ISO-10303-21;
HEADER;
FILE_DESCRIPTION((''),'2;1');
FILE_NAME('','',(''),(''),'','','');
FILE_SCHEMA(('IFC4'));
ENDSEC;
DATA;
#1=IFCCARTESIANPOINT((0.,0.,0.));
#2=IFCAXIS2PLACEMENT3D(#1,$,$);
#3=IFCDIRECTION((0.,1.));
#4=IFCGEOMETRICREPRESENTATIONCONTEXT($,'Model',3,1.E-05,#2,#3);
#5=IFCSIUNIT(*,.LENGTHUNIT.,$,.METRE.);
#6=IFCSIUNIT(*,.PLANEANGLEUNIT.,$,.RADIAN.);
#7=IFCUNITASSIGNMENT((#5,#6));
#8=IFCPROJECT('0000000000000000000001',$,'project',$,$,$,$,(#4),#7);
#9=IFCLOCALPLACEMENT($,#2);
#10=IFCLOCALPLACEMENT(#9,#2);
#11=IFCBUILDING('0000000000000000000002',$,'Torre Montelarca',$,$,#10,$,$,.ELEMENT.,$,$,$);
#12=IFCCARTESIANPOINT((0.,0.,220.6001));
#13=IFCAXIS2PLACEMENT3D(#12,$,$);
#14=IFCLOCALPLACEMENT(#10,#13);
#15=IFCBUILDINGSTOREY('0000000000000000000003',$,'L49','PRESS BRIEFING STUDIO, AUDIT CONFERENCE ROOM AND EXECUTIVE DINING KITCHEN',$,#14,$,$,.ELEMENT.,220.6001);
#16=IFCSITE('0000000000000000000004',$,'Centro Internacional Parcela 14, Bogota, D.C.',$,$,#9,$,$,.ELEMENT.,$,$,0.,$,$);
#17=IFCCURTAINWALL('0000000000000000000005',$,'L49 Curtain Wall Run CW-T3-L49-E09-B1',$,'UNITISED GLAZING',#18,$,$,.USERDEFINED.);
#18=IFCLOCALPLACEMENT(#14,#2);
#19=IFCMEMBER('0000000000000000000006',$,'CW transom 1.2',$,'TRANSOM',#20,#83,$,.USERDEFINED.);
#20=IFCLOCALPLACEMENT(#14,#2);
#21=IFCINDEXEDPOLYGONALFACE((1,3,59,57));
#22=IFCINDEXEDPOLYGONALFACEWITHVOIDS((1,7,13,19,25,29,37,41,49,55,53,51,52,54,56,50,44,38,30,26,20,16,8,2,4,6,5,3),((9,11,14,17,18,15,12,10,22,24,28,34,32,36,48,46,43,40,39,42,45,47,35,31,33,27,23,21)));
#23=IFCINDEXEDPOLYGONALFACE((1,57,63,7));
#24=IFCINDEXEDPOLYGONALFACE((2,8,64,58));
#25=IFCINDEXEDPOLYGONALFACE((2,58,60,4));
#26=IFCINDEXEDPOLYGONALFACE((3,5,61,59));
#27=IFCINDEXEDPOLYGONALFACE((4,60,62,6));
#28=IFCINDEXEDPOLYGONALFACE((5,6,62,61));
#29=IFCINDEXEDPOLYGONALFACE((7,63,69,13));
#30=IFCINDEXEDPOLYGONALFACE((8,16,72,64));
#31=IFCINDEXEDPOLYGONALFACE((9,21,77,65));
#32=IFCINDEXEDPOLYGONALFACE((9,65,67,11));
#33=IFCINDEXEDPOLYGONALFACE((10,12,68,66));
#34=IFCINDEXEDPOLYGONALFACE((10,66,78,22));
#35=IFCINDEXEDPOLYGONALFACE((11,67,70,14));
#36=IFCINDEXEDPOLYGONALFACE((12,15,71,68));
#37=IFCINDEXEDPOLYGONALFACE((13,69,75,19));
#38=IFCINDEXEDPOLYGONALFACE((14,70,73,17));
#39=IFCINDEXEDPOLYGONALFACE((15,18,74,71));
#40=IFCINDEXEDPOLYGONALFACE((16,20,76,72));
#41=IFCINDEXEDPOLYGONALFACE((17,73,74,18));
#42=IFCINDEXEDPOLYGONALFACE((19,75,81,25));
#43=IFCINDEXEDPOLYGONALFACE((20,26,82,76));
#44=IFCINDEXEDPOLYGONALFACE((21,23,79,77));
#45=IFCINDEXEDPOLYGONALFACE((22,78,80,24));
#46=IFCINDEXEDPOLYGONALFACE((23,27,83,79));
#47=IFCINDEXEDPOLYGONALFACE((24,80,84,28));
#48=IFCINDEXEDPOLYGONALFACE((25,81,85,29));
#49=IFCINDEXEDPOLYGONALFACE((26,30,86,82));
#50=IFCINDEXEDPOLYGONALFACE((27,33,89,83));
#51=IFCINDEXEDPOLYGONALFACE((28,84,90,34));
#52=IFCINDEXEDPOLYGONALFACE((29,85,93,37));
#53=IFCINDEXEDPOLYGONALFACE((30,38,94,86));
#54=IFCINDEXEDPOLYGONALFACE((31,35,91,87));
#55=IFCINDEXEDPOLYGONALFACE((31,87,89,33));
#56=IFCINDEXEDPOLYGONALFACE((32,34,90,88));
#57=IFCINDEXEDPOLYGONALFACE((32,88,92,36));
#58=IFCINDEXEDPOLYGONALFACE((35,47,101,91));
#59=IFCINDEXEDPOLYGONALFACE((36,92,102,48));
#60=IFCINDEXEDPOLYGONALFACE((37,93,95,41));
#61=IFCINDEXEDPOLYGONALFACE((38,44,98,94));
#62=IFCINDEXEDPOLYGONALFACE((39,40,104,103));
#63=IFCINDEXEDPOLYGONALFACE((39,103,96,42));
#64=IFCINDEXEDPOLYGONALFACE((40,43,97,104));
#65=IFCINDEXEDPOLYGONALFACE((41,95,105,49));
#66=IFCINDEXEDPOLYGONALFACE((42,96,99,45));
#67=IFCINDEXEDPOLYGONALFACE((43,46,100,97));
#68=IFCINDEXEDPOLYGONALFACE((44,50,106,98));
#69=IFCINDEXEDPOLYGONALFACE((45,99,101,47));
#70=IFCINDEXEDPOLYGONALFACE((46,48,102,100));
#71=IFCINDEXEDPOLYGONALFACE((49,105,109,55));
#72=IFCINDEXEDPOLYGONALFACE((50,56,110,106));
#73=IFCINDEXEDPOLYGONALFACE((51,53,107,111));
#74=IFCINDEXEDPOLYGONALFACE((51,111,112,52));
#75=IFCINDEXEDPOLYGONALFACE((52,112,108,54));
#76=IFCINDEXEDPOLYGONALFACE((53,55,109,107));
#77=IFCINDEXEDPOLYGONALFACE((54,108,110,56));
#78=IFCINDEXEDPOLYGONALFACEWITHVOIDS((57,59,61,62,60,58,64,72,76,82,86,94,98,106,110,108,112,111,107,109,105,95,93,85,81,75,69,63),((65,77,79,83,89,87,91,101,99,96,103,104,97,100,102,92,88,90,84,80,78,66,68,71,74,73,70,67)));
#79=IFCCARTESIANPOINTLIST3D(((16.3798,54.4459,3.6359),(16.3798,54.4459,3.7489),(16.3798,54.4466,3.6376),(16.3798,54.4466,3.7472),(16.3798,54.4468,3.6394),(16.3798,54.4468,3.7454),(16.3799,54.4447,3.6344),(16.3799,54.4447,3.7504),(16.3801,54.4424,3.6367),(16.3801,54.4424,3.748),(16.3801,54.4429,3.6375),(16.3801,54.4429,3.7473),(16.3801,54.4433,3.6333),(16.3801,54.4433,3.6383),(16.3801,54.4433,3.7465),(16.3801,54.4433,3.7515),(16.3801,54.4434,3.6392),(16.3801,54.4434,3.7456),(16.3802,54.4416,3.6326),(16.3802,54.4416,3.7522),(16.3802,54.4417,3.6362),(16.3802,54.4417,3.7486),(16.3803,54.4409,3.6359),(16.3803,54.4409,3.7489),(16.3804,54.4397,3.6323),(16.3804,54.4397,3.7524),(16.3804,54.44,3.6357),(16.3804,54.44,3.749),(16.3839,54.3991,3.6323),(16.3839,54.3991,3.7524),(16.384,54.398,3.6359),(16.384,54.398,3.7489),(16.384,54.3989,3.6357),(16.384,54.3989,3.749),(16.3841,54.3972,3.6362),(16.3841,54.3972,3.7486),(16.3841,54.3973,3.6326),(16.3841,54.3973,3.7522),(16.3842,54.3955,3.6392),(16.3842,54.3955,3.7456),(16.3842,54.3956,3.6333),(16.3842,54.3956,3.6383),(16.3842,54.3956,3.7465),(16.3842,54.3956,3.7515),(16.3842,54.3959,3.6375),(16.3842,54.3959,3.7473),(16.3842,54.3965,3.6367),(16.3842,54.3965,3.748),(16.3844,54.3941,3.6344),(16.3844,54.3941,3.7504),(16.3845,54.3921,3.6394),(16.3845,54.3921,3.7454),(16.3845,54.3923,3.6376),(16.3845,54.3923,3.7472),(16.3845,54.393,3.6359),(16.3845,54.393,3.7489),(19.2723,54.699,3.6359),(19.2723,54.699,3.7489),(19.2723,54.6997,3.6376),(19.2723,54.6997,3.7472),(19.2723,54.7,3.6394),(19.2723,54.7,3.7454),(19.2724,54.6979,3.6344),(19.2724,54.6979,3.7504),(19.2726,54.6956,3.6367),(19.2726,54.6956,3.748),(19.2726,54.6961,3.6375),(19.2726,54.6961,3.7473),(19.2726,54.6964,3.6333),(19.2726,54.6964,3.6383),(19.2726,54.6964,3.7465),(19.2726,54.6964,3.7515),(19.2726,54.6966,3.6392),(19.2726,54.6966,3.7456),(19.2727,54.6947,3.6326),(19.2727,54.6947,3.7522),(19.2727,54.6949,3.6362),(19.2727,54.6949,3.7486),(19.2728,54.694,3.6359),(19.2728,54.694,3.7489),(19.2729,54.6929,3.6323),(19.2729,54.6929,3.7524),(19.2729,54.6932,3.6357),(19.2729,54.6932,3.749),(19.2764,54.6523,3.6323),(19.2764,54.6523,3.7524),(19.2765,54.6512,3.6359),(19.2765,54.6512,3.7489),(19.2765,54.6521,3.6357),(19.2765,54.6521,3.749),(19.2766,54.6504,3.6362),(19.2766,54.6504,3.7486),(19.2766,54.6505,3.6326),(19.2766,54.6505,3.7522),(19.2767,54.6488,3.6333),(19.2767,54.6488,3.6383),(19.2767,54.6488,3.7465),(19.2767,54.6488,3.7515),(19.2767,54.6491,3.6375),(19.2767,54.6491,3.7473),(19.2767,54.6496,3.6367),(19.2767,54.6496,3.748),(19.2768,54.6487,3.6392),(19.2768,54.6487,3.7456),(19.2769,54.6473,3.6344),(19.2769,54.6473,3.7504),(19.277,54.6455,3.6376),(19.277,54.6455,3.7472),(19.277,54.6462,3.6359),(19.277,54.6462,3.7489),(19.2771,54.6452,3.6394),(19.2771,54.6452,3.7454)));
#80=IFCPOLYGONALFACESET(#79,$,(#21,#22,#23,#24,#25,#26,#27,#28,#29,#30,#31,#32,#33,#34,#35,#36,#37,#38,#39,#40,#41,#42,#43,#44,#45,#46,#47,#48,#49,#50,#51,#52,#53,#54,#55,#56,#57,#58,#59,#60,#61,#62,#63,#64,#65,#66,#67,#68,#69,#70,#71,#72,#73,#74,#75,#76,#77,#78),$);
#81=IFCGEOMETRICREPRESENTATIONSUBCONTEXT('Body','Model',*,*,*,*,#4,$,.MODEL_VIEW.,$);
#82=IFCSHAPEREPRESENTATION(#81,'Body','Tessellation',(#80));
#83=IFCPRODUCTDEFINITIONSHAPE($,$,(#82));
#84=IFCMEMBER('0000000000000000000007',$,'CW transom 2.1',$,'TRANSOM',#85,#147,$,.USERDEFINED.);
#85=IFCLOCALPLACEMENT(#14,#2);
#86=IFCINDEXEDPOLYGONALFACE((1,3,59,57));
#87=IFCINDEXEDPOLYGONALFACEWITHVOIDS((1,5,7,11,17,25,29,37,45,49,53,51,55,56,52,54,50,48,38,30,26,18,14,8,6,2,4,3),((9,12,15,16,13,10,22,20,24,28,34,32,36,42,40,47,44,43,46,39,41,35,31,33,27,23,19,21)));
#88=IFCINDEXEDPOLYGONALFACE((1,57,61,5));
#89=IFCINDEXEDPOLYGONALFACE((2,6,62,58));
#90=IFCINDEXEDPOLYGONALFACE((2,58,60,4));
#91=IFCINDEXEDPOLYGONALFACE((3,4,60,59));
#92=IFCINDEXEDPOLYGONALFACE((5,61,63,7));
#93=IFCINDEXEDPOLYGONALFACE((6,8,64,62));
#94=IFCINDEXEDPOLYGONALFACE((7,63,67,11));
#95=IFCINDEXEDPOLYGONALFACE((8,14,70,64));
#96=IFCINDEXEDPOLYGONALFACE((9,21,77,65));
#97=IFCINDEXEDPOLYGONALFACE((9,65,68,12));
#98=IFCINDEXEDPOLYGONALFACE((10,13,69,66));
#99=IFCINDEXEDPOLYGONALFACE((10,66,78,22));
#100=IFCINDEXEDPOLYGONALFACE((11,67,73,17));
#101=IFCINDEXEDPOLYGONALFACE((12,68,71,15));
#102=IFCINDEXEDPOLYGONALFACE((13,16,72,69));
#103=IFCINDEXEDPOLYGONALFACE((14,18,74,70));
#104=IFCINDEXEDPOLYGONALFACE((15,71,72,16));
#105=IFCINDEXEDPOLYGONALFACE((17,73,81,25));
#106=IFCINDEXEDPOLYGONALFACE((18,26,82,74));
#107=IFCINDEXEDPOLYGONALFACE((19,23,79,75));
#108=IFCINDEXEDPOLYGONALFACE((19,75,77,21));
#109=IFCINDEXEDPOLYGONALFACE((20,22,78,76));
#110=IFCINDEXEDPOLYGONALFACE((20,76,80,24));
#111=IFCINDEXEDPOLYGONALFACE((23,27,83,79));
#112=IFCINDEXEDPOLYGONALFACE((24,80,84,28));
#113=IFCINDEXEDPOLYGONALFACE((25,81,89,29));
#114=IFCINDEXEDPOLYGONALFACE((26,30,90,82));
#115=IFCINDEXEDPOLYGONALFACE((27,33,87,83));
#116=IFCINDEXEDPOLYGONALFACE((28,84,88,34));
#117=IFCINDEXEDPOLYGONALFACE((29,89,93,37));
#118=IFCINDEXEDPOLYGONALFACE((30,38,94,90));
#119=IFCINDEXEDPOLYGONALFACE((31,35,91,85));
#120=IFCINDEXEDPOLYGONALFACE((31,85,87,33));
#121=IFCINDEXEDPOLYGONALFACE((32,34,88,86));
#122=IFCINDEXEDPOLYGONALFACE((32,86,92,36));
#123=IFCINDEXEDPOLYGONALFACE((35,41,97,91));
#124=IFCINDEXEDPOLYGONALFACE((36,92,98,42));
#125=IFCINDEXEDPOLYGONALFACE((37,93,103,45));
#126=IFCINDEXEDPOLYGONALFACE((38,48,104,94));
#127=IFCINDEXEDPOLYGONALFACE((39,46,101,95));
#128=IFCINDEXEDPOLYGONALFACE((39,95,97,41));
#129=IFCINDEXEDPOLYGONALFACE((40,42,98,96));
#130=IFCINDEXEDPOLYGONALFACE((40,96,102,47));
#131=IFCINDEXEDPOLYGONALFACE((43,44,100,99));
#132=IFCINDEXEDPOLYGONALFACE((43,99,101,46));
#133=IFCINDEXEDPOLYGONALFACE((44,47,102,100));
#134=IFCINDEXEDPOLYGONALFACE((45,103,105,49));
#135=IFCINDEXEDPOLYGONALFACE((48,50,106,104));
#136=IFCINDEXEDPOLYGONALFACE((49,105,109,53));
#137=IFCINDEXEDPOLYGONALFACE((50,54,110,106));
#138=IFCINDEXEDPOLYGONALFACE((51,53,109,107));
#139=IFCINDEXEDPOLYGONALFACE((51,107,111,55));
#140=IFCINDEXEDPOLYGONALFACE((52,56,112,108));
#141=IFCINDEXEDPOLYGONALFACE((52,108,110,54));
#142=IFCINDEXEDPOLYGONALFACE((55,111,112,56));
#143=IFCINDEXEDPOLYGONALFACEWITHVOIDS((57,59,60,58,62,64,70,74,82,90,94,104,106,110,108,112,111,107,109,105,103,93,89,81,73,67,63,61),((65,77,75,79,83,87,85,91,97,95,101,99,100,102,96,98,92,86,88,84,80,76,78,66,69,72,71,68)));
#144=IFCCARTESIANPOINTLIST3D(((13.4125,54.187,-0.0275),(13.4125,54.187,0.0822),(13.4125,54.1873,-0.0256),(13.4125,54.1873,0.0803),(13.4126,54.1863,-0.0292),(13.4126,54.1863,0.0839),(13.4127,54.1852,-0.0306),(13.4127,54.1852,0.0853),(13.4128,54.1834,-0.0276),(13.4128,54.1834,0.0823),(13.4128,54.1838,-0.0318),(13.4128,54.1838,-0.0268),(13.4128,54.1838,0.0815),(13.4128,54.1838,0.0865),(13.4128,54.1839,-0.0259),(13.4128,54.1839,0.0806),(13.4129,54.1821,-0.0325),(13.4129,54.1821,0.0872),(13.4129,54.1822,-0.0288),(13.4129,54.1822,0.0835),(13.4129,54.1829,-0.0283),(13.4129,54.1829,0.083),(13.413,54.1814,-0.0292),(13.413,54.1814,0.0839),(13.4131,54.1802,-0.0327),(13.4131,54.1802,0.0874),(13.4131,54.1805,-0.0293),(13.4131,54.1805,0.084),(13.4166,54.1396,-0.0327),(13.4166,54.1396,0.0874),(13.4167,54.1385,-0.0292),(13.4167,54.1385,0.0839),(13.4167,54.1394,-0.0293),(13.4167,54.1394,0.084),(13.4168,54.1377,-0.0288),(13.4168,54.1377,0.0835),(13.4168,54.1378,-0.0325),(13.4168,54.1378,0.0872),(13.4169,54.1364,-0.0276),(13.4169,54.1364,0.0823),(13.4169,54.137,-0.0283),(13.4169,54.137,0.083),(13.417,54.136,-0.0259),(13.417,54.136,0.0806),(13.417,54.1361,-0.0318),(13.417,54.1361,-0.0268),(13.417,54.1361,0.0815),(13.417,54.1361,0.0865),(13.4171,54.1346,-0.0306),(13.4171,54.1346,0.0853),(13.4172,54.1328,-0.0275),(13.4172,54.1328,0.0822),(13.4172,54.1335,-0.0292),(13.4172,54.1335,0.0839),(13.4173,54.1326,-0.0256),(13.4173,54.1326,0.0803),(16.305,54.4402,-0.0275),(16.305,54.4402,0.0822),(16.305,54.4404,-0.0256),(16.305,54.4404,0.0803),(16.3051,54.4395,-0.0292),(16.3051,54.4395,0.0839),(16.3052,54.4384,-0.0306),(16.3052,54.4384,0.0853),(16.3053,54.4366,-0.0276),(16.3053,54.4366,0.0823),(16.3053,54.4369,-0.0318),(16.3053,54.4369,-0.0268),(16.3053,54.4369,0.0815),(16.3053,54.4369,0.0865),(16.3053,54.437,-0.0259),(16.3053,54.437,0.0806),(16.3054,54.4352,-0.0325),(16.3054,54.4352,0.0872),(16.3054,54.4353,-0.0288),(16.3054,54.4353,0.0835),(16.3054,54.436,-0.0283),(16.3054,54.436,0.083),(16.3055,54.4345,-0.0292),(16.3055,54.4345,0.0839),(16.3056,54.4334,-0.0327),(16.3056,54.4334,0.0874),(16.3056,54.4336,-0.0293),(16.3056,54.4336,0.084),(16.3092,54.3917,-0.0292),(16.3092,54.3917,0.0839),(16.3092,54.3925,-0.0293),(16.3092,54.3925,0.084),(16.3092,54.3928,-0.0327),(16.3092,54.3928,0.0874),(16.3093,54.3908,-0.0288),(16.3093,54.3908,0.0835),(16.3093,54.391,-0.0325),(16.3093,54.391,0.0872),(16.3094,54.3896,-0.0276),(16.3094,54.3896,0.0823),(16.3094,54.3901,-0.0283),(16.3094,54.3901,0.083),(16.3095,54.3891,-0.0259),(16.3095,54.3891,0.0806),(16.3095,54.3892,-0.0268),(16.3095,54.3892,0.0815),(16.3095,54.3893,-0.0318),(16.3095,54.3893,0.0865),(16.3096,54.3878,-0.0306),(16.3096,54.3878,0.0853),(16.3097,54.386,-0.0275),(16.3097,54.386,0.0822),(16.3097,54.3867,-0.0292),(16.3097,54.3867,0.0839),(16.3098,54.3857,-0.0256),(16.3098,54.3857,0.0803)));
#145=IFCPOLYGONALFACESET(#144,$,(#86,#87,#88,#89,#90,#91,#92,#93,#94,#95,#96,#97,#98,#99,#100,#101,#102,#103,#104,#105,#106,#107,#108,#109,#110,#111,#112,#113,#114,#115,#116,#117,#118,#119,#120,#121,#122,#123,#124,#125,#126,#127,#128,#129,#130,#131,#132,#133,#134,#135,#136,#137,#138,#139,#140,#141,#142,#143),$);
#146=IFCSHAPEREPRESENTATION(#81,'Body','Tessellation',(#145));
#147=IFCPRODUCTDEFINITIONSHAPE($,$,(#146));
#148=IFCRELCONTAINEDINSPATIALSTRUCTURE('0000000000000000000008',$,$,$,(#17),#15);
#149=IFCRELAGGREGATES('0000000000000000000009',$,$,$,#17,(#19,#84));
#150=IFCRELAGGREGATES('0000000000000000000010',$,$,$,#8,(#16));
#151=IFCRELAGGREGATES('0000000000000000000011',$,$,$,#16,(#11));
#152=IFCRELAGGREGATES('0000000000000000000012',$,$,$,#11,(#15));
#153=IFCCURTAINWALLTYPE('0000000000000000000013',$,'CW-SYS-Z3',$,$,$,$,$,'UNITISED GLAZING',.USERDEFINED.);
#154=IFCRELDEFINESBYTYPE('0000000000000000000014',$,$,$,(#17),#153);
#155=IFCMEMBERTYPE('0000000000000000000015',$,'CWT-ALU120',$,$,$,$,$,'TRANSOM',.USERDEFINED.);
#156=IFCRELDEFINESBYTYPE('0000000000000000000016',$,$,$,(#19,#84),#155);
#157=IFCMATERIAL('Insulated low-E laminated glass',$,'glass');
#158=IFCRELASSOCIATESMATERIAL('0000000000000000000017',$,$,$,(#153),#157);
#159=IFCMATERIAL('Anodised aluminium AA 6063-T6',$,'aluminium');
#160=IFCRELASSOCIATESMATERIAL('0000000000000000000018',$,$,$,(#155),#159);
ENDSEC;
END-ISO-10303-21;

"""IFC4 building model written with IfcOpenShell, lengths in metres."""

from ifc_helpers import new_model, si_unit, direction, frame, origin, origin_2d, place, context, subcontext, project, spatial, hollow_rectangle, extrude, source, transform, mapped, material, material_profile, profile_set, type_object, element, aggregate, save


model = new_model("IFC4")

# Units and contexts
model_context = context("Model", 3, precision=1e-05, world=origin(), true_north=direction((0.0, 1.0)))
body_context = subcontext(model_context, "Body", "Model", "MODEL_VIEW")
ifc_project = project(units=[si_unit("LENGTHUNIT", "METRE"), si_unit("PLANEANGLEUNIT", "RADIAN")], contexts=[model_context])

# Site, building, storey
site_placement = place(None, origin())
site = spatial("IfcSite", under=ifc_project, at=site_placement, Name="Centro Internacional Parcela 14, Bogota, D.C.", CompositionType="ELEMENT", RefElevation=0.0)
building_placement = place(site_placement, origin())
building = spatial("IfcBuilding", under=site, at=building_placement, Name="Torre Montelarca", CompositionType="ELEMENT")
storey_placement = place(building_placement, frame((0.0, 0.0, 220.6001)))
storey = spatial("IfcBuildingStorey", under=building, at=storey_placement, Name="L49", Description="PRESS BRIEFING STUDIO, AUDIT CONFERENCE ROOM AND EXECUTIVE DINING KITCHEN", CompositionType="ELEMENT", Elevation=220.6001)

# Curtain wall, members
ifc_material_1 = material(Name="Insulated low-E laminated glass", Category="glass")
curtain_wall_type = type_object("IfcCurtainWallType", Name="CW-SYS-Z3", ElementType="UNITISED GLAZING", PredefinedType="USERDEFINED", material=ifc_material_1)
curtain_wall_1_placement = place(storey_placement, origin())
curtain_wall_1 = element("IfcCurtainWall", 1, at=curtain_wall_1_placement, inside=storey, type_object=curtain_wall_type, Name="L49 Curtain Wall Run CW-T3-L49-E09-B1", ObjectType="UNITISED GLAZING", PredefinedType="USERDEFINED")
ifc_material_2 = material(Name="Anodised aluminium AA 6063-T6", Category="aluminium")
ifc_material_profile_1 = material_profile(ifc_material_2, hollow_rectangle(XDim=0.0549, YDim=0.1201, WallThickness=0.0034, InnerFilletRadius=0.0034, OuterFilletRadius=0.0071, at=origin_2d()), Name="ALU55X120X3.5", Category="aluminium")
ifc_profile_set_1 = profile_set([ifc_material_profile_1], Name="Anodised aluminium AA 6063-T6")
member_type_1 = type_object("IfcMemberType", Name="CWT-ALU120", ElementType="TRANSOM", PredefinedType="USERDEFINED", material=ifc_profile_set_1)
shared_shape_1 = source(origin(), body_context, "Body", "SweptSolid", [
    extrude(hollow_rectangle(XDim=0.0549, YDim=0.1201, WallThickness=0.0034, InnerFilletRadius=0.0034, OuterFilletRadius=0.0071, at=origin_2d()), origin(), (0.0, 0.0, 1.0), 2.9036),
])
member_1_placement = place(storey_placement, frame((19.2747, 54.6726, 3.6924), z_axis=(-0.996192, -0.087192, 0.0), x_axis=(0.087192, -0.996192, 0.0)))
member_1 = element("IfcMember", 2, at=member_1_placement, type_object=member_type_1, Name="CW transom 1.2", ObjectType="TRANSOM", PredefinedType="USERDEFINED", context=body_context, shape_type="MappedRepresentation", body=[
    mapped(shared_shape_1, transform((0.0, 0.0, 0.0), scale=1.0)),
])
member_2_placement = place(storey_placement, frame((16.3074, 54.4131, 0.0273), z_axis=(-0.996192, -0.087192, 0.0), x_axis=(0.087192, -0.996192, 0.0)))
member_2 = element("IfcMember", 3, at=member_2_placement, type_object=member_type_1, Name="CW transom 2.1", ObjectType="TRANSOM", PredefinedType="USERDEFINED", context=body_context, shape_type="MappedRepresentation", body=[
    mapped(shared_shape_1, transform((0.0, 0.0, 0.0), scale=1.0)),
])

aggregate(curtain_wall_1, [member_1, member_2])

save(model, "model.ifc")
